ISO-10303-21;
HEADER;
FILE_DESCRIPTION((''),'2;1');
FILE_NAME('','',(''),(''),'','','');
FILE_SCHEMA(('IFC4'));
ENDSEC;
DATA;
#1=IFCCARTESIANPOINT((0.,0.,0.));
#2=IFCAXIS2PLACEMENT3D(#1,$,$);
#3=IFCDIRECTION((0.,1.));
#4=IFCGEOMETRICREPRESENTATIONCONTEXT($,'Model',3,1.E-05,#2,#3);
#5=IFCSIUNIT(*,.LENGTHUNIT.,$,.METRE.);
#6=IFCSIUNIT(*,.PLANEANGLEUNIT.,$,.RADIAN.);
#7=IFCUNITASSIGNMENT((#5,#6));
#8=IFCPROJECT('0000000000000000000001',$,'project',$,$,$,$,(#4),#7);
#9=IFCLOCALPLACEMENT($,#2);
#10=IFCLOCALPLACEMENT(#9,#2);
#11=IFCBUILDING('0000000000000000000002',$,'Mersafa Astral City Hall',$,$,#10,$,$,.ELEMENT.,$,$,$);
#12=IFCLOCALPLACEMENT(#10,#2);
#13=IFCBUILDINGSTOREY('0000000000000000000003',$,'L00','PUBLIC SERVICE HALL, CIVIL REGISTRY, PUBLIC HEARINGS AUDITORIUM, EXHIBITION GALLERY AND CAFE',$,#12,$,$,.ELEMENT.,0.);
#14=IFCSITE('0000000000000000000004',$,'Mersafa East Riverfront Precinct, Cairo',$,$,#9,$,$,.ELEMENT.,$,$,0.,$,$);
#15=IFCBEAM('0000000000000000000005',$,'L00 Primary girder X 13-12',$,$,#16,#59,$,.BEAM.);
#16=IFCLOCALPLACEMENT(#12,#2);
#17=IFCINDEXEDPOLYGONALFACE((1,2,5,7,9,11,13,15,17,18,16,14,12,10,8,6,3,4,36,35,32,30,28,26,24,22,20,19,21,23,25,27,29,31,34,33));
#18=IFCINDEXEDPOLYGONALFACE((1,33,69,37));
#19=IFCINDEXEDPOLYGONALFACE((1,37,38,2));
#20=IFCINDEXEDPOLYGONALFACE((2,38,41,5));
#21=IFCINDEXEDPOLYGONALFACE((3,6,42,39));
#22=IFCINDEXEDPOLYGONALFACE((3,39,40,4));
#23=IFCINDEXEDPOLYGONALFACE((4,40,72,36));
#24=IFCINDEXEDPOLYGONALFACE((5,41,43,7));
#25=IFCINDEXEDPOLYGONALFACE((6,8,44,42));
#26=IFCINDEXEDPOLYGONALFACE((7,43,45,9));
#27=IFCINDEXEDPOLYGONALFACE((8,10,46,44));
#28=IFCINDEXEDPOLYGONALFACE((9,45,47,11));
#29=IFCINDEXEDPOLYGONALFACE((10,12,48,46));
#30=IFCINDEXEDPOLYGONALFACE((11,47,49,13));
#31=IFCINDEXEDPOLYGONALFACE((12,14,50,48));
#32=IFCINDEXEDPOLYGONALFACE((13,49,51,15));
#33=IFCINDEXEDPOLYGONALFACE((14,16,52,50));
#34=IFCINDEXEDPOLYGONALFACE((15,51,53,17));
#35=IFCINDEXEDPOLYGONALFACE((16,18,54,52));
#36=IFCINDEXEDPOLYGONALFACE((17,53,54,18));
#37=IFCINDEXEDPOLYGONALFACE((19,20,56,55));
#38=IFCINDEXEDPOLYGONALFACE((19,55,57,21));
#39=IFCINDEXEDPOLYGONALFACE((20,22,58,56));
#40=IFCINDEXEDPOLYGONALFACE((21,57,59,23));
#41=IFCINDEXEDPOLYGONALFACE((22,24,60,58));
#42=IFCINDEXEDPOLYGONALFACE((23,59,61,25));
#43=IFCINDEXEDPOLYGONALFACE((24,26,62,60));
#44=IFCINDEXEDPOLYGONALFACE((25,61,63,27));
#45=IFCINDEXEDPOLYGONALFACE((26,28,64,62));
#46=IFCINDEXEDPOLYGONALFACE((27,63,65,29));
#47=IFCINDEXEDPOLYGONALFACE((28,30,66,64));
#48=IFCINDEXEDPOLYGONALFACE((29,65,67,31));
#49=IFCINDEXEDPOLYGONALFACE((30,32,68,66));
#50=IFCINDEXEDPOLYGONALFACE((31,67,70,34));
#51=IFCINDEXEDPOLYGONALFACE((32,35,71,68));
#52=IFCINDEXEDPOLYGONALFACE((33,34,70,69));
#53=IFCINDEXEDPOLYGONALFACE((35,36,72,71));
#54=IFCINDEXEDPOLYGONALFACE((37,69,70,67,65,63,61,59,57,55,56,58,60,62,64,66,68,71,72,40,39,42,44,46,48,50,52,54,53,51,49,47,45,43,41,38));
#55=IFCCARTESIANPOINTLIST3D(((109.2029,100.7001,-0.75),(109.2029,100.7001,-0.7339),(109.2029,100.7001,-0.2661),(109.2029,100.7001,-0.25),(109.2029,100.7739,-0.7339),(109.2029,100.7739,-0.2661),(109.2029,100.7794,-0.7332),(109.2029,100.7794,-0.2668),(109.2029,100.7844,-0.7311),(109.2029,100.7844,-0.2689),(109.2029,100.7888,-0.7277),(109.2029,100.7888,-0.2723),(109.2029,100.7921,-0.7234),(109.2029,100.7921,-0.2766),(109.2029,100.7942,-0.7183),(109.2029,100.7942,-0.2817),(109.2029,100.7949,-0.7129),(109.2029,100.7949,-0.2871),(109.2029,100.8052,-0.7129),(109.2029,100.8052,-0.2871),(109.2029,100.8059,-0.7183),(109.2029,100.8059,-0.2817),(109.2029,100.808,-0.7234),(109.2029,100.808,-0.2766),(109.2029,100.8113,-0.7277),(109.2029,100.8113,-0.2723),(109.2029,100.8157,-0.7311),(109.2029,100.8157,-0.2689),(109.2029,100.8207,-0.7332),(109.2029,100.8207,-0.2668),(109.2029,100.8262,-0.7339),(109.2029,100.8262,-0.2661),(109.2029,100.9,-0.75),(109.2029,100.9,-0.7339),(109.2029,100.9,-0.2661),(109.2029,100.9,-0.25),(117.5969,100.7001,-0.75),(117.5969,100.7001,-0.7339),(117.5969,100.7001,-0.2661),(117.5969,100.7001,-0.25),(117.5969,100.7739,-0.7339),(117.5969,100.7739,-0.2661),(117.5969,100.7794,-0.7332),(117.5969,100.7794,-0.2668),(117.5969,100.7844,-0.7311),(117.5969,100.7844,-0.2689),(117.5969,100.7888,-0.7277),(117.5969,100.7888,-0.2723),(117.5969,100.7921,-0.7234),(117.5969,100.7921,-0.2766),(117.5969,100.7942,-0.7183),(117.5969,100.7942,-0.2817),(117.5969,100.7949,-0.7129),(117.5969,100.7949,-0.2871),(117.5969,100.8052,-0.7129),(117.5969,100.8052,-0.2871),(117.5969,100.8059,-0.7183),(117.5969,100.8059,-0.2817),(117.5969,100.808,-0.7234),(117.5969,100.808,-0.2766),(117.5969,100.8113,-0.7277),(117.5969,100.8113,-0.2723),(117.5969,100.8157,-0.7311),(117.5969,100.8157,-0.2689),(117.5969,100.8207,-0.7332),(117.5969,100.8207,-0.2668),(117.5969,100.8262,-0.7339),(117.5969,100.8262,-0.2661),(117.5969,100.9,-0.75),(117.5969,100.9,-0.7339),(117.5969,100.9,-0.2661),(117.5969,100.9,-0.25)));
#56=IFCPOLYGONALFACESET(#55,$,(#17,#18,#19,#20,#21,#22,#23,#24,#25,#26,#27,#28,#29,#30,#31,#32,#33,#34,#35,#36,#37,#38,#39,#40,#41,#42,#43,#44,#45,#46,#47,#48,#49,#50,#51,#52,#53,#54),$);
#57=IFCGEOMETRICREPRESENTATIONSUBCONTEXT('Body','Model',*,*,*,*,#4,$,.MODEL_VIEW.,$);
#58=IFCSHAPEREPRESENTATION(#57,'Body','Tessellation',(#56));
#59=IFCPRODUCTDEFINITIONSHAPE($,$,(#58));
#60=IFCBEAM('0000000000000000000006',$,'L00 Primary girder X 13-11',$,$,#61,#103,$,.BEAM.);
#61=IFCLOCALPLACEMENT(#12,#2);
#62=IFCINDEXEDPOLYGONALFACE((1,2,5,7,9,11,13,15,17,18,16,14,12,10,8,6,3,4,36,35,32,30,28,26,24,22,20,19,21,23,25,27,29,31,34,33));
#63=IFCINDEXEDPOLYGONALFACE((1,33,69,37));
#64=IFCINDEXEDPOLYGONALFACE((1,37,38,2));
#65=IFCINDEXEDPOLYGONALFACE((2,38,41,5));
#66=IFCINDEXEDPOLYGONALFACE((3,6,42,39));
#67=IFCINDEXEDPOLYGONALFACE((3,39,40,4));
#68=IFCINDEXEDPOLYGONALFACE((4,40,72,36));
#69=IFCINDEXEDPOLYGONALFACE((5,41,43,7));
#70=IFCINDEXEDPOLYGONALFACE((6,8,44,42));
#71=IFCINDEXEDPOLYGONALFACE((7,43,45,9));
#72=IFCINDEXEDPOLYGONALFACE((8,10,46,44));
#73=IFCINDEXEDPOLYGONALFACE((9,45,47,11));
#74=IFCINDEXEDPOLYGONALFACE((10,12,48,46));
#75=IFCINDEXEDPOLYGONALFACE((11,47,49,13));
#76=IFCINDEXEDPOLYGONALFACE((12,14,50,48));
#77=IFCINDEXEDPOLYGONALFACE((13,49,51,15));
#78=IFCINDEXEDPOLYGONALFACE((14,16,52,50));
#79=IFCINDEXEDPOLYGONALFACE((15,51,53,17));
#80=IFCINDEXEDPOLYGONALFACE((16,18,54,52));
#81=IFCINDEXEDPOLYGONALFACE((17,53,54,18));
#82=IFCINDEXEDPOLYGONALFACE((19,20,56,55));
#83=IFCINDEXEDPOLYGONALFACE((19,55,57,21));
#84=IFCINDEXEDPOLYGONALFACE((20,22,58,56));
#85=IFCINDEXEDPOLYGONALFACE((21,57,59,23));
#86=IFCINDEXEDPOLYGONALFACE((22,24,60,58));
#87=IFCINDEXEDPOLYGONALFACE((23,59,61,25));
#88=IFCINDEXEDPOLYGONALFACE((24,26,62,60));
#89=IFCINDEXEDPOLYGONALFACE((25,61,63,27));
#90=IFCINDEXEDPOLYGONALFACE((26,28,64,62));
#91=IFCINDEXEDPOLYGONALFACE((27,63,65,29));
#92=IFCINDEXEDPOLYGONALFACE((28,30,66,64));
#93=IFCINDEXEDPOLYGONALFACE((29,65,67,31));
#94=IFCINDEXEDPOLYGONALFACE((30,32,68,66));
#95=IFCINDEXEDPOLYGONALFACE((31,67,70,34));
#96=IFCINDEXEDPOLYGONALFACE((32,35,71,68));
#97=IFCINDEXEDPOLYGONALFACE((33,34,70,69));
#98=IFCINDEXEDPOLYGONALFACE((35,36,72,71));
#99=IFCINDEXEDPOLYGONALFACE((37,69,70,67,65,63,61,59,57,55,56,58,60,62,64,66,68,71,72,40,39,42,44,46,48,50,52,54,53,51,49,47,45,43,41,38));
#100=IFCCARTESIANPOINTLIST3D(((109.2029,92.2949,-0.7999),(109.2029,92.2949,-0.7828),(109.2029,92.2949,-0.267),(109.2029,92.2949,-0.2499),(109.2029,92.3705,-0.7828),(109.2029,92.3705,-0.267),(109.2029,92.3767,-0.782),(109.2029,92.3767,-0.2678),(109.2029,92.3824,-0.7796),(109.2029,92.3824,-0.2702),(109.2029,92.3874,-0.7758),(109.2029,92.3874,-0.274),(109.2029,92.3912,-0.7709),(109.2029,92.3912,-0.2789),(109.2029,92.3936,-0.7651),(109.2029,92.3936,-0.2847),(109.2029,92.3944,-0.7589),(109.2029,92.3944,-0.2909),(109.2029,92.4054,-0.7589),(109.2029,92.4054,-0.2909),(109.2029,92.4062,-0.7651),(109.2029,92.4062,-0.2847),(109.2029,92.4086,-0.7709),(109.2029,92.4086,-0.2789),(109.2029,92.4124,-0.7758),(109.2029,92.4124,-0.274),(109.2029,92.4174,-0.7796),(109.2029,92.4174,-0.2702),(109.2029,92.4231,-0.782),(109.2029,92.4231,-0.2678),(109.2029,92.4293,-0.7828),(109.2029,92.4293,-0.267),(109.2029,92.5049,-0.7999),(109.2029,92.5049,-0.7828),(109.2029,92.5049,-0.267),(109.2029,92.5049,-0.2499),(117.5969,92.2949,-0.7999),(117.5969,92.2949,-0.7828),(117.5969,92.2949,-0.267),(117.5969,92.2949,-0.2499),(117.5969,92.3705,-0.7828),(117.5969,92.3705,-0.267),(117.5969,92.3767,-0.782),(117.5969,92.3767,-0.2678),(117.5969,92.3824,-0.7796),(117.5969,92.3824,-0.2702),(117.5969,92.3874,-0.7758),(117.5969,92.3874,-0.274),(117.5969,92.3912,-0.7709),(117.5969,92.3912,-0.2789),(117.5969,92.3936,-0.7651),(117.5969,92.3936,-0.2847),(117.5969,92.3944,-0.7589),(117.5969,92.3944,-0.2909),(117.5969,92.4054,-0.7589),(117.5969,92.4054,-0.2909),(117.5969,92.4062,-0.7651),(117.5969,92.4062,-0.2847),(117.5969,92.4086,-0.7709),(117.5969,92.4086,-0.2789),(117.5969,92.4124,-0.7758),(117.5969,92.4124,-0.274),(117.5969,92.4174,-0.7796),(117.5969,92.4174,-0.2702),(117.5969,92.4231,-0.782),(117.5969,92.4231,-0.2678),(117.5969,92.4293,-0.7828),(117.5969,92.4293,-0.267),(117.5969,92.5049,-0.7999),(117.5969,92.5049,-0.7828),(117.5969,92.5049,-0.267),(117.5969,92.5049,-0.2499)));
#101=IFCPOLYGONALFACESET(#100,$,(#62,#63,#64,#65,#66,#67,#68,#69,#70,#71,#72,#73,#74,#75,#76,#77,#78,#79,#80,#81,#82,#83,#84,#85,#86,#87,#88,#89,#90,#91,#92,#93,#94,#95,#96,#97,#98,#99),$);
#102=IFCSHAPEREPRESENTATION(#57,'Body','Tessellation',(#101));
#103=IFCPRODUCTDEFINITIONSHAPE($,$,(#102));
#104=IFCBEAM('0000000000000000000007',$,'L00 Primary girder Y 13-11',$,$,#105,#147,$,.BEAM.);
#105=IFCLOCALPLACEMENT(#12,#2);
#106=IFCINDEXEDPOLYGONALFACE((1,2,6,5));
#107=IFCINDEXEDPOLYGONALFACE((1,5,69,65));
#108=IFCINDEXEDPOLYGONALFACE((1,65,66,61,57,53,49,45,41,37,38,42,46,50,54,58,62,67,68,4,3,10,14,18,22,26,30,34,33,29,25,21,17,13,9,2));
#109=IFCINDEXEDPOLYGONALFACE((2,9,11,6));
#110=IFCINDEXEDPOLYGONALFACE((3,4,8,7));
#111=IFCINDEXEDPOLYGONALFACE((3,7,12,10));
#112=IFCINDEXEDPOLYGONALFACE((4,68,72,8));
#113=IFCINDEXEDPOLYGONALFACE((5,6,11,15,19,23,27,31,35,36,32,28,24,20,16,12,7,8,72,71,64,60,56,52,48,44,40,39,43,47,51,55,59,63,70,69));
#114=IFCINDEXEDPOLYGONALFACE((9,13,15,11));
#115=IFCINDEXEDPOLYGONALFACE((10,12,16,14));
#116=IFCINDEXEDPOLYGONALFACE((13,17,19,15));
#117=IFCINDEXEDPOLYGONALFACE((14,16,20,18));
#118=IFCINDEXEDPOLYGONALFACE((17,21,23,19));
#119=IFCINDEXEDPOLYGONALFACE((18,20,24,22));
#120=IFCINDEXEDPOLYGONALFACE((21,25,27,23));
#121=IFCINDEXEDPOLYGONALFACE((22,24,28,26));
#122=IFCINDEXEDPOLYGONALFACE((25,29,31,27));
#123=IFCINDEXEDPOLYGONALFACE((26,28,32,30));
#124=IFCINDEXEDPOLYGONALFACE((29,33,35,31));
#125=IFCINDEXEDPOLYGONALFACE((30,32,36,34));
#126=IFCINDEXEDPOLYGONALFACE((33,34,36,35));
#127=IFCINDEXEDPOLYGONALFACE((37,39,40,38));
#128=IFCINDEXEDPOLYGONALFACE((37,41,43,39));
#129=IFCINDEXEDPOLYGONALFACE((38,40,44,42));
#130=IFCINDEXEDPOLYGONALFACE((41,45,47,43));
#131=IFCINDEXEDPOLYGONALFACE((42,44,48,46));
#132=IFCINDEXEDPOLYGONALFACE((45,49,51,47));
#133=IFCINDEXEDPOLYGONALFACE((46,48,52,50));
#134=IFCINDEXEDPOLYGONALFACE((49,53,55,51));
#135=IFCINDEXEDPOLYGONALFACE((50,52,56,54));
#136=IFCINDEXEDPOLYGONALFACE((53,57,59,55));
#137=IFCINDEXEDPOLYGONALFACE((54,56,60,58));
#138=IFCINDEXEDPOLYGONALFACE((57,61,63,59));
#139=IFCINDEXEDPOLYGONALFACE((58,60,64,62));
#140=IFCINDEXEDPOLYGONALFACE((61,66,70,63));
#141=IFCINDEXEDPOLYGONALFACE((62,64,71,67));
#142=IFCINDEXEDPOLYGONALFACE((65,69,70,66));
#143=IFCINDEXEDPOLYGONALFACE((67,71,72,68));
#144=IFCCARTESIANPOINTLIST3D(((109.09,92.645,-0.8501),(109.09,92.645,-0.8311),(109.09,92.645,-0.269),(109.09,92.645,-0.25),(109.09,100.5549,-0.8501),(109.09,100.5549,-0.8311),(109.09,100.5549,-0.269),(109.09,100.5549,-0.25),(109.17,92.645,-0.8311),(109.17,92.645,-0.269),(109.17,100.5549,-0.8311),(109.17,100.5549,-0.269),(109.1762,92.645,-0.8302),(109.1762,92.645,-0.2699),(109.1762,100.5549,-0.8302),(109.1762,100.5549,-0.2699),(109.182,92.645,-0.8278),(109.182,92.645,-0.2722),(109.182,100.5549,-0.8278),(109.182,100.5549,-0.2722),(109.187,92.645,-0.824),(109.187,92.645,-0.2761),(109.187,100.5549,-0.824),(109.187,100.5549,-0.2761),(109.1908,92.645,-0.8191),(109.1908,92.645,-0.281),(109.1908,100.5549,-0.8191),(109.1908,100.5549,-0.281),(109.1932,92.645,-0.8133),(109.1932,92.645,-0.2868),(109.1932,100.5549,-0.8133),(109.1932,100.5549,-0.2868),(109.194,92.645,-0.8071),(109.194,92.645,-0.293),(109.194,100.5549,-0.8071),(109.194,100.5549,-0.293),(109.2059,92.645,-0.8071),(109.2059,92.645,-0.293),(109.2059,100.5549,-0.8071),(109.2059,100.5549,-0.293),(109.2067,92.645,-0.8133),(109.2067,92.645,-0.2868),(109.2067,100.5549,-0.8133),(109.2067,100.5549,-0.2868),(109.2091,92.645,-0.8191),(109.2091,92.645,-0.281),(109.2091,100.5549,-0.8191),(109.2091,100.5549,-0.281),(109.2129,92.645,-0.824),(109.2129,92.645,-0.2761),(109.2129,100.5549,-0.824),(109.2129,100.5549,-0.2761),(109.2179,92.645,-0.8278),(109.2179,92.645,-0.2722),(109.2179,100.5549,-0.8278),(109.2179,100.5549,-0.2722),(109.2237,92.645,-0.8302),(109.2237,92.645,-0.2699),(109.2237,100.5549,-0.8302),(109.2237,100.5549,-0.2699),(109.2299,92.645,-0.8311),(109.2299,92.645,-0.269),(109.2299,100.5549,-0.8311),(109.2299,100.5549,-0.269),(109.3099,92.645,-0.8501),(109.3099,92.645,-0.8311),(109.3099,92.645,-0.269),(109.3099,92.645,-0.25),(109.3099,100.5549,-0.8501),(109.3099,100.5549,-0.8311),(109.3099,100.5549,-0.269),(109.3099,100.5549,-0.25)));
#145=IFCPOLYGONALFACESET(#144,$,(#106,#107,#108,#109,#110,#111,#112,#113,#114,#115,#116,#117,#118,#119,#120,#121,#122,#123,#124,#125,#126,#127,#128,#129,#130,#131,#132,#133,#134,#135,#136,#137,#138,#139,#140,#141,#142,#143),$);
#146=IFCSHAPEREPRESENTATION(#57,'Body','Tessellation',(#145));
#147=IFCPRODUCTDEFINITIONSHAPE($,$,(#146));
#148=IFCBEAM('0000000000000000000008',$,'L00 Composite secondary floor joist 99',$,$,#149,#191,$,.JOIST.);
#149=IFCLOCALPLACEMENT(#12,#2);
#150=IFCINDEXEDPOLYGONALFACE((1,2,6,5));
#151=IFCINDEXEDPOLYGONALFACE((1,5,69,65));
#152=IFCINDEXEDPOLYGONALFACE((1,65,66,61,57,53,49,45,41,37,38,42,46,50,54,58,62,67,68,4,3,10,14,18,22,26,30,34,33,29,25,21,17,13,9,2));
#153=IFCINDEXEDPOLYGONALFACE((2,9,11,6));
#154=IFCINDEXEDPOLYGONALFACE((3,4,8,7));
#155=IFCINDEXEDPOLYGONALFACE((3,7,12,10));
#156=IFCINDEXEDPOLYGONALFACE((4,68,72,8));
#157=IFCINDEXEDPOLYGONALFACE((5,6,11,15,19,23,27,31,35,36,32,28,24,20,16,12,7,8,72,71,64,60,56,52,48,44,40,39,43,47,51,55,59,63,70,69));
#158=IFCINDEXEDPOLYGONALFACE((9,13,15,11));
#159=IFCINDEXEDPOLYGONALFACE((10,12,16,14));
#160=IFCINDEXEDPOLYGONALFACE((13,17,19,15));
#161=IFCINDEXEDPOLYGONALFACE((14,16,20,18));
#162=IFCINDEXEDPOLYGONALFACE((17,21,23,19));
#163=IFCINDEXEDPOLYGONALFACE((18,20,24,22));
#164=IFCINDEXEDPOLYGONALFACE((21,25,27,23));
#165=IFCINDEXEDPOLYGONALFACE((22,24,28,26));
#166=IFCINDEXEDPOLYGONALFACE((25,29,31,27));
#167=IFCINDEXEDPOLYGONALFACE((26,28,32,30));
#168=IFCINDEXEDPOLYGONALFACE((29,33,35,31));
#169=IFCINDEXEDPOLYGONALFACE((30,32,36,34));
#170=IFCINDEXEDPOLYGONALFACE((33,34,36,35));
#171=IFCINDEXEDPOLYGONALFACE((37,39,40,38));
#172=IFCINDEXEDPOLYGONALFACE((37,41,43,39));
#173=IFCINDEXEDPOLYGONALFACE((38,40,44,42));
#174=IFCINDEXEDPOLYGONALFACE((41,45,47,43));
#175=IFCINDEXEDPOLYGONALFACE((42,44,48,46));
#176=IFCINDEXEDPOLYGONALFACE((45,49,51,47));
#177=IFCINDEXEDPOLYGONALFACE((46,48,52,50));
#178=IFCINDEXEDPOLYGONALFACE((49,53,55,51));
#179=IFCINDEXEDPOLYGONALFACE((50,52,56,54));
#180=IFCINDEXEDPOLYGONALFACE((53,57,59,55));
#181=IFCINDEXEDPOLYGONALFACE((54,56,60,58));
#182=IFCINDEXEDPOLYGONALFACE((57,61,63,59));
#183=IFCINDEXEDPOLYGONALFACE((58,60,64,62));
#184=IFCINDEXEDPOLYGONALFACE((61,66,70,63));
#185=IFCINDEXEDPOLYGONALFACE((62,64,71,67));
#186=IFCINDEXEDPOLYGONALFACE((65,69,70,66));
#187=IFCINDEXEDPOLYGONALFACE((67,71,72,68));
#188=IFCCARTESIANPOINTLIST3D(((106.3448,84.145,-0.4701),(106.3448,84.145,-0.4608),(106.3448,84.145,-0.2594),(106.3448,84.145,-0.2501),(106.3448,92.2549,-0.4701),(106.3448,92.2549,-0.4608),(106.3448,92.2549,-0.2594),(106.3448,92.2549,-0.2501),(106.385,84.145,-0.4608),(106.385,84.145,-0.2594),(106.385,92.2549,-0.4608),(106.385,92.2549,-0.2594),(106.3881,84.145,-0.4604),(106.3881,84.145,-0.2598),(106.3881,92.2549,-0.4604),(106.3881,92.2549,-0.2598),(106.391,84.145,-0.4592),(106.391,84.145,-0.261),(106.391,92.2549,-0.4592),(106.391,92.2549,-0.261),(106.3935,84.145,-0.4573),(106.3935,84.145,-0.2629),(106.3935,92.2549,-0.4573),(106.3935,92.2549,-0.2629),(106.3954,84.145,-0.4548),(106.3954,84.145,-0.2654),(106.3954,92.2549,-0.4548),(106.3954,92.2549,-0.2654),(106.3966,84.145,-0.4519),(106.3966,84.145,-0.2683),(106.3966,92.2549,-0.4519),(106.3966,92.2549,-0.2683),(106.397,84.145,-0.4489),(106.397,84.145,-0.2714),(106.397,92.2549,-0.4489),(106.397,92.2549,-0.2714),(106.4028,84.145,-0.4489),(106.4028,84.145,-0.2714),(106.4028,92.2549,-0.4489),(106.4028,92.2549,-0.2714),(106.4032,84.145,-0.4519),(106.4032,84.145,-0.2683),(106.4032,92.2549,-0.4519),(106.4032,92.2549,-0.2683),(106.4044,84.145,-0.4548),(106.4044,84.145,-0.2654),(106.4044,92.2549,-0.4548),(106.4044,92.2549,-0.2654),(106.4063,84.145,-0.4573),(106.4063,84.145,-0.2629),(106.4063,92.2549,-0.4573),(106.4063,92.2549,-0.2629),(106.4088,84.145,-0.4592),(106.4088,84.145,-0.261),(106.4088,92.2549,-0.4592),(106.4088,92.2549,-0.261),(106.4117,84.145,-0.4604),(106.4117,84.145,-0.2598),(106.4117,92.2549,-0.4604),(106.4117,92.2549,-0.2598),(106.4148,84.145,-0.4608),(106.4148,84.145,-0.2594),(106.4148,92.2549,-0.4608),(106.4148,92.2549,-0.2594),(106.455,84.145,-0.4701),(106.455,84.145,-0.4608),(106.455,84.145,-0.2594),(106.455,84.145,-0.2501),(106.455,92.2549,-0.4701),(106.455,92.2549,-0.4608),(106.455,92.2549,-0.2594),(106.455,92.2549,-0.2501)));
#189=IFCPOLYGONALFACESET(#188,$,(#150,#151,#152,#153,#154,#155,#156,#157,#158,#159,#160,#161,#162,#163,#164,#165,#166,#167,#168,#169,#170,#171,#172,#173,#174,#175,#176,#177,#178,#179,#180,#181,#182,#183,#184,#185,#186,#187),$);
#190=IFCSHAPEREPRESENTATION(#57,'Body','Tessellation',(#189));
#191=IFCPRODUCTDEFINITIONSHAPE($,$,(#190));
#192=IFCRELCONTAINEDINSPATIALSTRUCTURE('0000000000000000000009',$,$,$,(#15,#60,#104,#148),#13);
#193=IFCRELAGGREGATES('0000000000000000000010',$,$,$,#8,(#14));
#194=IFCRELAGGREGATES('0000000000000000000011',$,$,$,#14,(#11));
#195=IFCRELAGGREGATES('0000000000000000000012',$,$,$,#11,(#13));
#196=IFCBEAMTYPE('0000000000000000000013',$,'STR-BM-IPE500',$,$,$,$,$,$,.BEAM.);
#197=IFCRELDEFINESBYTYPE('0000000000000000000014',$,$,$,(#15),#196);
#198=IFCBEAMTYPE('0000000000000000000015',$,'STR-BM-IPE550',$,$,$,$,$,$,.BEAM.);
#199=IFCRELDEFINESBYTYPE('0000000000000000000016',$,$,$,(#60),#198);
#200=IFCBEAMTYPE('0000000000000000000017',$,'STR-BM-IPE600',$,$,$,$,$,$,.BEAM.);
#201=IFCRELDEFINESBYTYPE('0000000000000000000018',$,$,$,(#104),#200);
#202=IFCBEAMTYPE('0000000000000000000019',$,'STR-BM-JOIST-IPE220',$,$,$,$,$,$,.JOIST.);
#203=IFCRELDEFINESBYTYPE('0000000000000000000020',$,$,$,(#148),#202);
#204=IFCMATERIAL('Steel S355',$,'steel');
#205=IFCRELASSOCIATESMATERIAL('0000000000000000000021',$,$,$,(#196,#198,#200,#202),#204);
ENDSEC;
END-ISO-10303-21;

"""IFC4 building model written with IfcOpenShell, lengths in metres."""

from ifc_helpers import new_model, si_unit, direction, frame, origin, origin_2d, place, context, subcontext, project, spatial, i_section, extrude, material, material_profile, profile_set, type_object, element, save


model = new_model("IFC4")

# Units and contexts
model_context = context("Model", 3, precision=1e-05, world=origin(), true_north=direction((0.0, 1.0)))
body_context = subcontext(model_context, "Body", "Model", "MODEL_VIEW")
ifc_project = project(units=[si_unit("LENGTHUNIT", "METRE"), si_unit("PLANEANGLEUNIT", "RADIAN")], contexts=[model_context])

# Site, building, storey
site_placement = place(None, origin())
site = spatial("IfcSite", under=ifc_project, at=site_placement, Name="Mersafa East Riverfront Precinct, Cairo", CompositionType="ELEMENT", RefElevation=0.0)
building_placement = place(site_placement, origin())
building = spatial("IfcBuilding", under=site, at=building_placement, Name="Mersafa Astral City Hall", CompositionType="ELEMENT")
storey_placement = place(building_placement, origin())
storey = spatial("IfcBuildingStorey", under=building, at=storey_placement, Name="L00", Description="PUBLIC SERVICE HALL, CIVIL REGISTRY, PUBLIC HEARINGS AUDITORIUM, EXHIBITION GALLERY AND CAFE", CompositionType="ELEMENT", Elevation=0.0)

# Shared definitions
ifc_material_1 = material(Name="Steel S355", Category="steel")

# Beams
ifc_material_profile_1 = material_profile(ifc_material_1, i_section(OverallWidth=0.2, OverallDepth=0.5, WebThickness=0.0103, FlangeThickness=0.0161, FilletRadius=0.021, at=origin_2d()), Name="IPE 500")
ifc_profile_set_1 = profile_set([ifc_material_profile_1], Name="Steel S355")
beam_type_1 = type_object("IfcBeamType", Name="STR-BM-IPE500", PredefinedType="BEAM", material=ifc_profile_set_1)
beam_1_placement = place(storey_placement, frame((109.2029, 100.8, -0.5), z_axis=(1.0, 0.0, 0.0), x_axis=(0.0, 1.0, 0.0)))
element("IfcBeam", 1, at=beam_1_placement, inside=storey, type_object=beam_type_1, Name="L00 Primary girder X 13-12", PredefinedType="BEAM", context=body_context, shape_type="SweptSolid", body=[
    extrude(i_section(OverallWidth=0.2, OverallDepth=0.5, WebThickness=0.0103, FlangeThickness=0.0161, FilletRadius=0.021, at=origin_2d()), origin(), (0.0, 0.0, 1.0), 8.394),
])
ifc_material_profile_2 = material_profile(ifc_material_1, i_section(OverallWidth=0.21, OverallDepth=0.55, WebThickness=0.011, FlangeThickness=0.0171, FilletRadius=0.0239, at=origin_2d()), Name="IPE 550")
ifc_profile_set_2 = profile_set([ifc_material_profile_2], Name="Steel S355")
beam_type_2 = type_object("IfcBeamType", Name="STR-BM-IPE550", PredefinedType="BEAM", material=ifc_profile_set_2)
beam_2_placement = place(storey_placement, frame((109.2029, 92.3999, -0.5249), z_axis=(1.0, 0.0, 0.0), x_axis=(0.0, 1.0, 0.0)))
element("IfcBeam", 2, at=beam_2_placement, inside=storey, type_object=beam_type_2, Name="L00 Primary girder X 13-11", PredefinedType="BEAM", context=body_context, shape_type="SweptSolid", body=[
    extrude(i_section(OverallWidth=0.21, OverallDepth=0.55, WebThickness=0.011, FlangeThickness=0.0171, FilletRadius=0.0239, at=origin_2d()), origin(), (0.0, 0.0, 1.0), 8.394),
])
ifc_material_profile_3 = material_profile(ifc_material_1, i_section(OverallWidth=0.22, OverallDepth=0.6001, WebThickness=0.012, FlangeThickness=0.019, FilletRadius=0.0239, at=origin_2d()), Name="IPE 600")
ifc_profile_set_3 = profile_set([ifc_material_profile_3], Name="Steel S355")
beam_type_3 = type_object("IfcBeamType", Name="STR-BM-IPE600", PredefinedType="BEAM", material=ifc_profile_set_3)
beam_3_placement = place(storey_placement, frame((109.2, 92.645, -0.55), z_axis=(0.0, 1.0, 0.0), x_axis=(-1.0, 0.0, 0.0)))
element("IfcBeam", 3, at=beam_3_placement, inside=storey, type_object=beam_type_3, Name="L00 Primary girder Y 13-11", PredefinedType="BEAM", context=body_context, shape_type="SweptSolid", body=[
    extrude(i_section(OverallWidth=0.22, OverallDepth=0.6001, WebThickness=0.012, FlangeThickness=0.019, FilletRadius=0.0239, at=origin_2d()), origin(), (0.0, 0.0, 1.0), 7.9099),
])
ifc_material_profile_4 = material_profile(ifc_material_1, i_section(OverallWidth=0.1101, OverallDepth=0.22, WebThickness=0.0059, FlangeThickness=0.0093, FilletRadius=0.012, at=origin_2d()), Name="IPE 220")
ifc_profile_set_4 = profile_set([ifc_material_profile_4], Name="Steel S355")
beam_type_4 = type_object("IfcBeamType", Name="STR-BM-JOIST-IPE220", PredefinedType="JOIST", material=ifc_profile_set_4)
beam_4_placement = place(storey_placement, frame((106.3999, 84.145, -0.3601), z_axis=(0.0, 1.0, 0.0), x_axis=(-1.0, 0.0, 0.0)))
element("IfcBeam", 4, at=beam_4_placement, inside=storey, type_object=beam_type_4, Name="L00 Composite secondary floor joist 99", PredefinedType="JOIST", context=body_context, shape_type="SweptSolid", body=[
    extrude(i_section(OverallWidth=0.1101, OverallDepth=0.22, WebThickness=0.0059, FlangeThickness=0.0093, FilletRadius=0.012, at=origin_2d()), origin(), (0.0, 0.0, 1.0), 8.1099),
])

save(model, "model.ifc")
